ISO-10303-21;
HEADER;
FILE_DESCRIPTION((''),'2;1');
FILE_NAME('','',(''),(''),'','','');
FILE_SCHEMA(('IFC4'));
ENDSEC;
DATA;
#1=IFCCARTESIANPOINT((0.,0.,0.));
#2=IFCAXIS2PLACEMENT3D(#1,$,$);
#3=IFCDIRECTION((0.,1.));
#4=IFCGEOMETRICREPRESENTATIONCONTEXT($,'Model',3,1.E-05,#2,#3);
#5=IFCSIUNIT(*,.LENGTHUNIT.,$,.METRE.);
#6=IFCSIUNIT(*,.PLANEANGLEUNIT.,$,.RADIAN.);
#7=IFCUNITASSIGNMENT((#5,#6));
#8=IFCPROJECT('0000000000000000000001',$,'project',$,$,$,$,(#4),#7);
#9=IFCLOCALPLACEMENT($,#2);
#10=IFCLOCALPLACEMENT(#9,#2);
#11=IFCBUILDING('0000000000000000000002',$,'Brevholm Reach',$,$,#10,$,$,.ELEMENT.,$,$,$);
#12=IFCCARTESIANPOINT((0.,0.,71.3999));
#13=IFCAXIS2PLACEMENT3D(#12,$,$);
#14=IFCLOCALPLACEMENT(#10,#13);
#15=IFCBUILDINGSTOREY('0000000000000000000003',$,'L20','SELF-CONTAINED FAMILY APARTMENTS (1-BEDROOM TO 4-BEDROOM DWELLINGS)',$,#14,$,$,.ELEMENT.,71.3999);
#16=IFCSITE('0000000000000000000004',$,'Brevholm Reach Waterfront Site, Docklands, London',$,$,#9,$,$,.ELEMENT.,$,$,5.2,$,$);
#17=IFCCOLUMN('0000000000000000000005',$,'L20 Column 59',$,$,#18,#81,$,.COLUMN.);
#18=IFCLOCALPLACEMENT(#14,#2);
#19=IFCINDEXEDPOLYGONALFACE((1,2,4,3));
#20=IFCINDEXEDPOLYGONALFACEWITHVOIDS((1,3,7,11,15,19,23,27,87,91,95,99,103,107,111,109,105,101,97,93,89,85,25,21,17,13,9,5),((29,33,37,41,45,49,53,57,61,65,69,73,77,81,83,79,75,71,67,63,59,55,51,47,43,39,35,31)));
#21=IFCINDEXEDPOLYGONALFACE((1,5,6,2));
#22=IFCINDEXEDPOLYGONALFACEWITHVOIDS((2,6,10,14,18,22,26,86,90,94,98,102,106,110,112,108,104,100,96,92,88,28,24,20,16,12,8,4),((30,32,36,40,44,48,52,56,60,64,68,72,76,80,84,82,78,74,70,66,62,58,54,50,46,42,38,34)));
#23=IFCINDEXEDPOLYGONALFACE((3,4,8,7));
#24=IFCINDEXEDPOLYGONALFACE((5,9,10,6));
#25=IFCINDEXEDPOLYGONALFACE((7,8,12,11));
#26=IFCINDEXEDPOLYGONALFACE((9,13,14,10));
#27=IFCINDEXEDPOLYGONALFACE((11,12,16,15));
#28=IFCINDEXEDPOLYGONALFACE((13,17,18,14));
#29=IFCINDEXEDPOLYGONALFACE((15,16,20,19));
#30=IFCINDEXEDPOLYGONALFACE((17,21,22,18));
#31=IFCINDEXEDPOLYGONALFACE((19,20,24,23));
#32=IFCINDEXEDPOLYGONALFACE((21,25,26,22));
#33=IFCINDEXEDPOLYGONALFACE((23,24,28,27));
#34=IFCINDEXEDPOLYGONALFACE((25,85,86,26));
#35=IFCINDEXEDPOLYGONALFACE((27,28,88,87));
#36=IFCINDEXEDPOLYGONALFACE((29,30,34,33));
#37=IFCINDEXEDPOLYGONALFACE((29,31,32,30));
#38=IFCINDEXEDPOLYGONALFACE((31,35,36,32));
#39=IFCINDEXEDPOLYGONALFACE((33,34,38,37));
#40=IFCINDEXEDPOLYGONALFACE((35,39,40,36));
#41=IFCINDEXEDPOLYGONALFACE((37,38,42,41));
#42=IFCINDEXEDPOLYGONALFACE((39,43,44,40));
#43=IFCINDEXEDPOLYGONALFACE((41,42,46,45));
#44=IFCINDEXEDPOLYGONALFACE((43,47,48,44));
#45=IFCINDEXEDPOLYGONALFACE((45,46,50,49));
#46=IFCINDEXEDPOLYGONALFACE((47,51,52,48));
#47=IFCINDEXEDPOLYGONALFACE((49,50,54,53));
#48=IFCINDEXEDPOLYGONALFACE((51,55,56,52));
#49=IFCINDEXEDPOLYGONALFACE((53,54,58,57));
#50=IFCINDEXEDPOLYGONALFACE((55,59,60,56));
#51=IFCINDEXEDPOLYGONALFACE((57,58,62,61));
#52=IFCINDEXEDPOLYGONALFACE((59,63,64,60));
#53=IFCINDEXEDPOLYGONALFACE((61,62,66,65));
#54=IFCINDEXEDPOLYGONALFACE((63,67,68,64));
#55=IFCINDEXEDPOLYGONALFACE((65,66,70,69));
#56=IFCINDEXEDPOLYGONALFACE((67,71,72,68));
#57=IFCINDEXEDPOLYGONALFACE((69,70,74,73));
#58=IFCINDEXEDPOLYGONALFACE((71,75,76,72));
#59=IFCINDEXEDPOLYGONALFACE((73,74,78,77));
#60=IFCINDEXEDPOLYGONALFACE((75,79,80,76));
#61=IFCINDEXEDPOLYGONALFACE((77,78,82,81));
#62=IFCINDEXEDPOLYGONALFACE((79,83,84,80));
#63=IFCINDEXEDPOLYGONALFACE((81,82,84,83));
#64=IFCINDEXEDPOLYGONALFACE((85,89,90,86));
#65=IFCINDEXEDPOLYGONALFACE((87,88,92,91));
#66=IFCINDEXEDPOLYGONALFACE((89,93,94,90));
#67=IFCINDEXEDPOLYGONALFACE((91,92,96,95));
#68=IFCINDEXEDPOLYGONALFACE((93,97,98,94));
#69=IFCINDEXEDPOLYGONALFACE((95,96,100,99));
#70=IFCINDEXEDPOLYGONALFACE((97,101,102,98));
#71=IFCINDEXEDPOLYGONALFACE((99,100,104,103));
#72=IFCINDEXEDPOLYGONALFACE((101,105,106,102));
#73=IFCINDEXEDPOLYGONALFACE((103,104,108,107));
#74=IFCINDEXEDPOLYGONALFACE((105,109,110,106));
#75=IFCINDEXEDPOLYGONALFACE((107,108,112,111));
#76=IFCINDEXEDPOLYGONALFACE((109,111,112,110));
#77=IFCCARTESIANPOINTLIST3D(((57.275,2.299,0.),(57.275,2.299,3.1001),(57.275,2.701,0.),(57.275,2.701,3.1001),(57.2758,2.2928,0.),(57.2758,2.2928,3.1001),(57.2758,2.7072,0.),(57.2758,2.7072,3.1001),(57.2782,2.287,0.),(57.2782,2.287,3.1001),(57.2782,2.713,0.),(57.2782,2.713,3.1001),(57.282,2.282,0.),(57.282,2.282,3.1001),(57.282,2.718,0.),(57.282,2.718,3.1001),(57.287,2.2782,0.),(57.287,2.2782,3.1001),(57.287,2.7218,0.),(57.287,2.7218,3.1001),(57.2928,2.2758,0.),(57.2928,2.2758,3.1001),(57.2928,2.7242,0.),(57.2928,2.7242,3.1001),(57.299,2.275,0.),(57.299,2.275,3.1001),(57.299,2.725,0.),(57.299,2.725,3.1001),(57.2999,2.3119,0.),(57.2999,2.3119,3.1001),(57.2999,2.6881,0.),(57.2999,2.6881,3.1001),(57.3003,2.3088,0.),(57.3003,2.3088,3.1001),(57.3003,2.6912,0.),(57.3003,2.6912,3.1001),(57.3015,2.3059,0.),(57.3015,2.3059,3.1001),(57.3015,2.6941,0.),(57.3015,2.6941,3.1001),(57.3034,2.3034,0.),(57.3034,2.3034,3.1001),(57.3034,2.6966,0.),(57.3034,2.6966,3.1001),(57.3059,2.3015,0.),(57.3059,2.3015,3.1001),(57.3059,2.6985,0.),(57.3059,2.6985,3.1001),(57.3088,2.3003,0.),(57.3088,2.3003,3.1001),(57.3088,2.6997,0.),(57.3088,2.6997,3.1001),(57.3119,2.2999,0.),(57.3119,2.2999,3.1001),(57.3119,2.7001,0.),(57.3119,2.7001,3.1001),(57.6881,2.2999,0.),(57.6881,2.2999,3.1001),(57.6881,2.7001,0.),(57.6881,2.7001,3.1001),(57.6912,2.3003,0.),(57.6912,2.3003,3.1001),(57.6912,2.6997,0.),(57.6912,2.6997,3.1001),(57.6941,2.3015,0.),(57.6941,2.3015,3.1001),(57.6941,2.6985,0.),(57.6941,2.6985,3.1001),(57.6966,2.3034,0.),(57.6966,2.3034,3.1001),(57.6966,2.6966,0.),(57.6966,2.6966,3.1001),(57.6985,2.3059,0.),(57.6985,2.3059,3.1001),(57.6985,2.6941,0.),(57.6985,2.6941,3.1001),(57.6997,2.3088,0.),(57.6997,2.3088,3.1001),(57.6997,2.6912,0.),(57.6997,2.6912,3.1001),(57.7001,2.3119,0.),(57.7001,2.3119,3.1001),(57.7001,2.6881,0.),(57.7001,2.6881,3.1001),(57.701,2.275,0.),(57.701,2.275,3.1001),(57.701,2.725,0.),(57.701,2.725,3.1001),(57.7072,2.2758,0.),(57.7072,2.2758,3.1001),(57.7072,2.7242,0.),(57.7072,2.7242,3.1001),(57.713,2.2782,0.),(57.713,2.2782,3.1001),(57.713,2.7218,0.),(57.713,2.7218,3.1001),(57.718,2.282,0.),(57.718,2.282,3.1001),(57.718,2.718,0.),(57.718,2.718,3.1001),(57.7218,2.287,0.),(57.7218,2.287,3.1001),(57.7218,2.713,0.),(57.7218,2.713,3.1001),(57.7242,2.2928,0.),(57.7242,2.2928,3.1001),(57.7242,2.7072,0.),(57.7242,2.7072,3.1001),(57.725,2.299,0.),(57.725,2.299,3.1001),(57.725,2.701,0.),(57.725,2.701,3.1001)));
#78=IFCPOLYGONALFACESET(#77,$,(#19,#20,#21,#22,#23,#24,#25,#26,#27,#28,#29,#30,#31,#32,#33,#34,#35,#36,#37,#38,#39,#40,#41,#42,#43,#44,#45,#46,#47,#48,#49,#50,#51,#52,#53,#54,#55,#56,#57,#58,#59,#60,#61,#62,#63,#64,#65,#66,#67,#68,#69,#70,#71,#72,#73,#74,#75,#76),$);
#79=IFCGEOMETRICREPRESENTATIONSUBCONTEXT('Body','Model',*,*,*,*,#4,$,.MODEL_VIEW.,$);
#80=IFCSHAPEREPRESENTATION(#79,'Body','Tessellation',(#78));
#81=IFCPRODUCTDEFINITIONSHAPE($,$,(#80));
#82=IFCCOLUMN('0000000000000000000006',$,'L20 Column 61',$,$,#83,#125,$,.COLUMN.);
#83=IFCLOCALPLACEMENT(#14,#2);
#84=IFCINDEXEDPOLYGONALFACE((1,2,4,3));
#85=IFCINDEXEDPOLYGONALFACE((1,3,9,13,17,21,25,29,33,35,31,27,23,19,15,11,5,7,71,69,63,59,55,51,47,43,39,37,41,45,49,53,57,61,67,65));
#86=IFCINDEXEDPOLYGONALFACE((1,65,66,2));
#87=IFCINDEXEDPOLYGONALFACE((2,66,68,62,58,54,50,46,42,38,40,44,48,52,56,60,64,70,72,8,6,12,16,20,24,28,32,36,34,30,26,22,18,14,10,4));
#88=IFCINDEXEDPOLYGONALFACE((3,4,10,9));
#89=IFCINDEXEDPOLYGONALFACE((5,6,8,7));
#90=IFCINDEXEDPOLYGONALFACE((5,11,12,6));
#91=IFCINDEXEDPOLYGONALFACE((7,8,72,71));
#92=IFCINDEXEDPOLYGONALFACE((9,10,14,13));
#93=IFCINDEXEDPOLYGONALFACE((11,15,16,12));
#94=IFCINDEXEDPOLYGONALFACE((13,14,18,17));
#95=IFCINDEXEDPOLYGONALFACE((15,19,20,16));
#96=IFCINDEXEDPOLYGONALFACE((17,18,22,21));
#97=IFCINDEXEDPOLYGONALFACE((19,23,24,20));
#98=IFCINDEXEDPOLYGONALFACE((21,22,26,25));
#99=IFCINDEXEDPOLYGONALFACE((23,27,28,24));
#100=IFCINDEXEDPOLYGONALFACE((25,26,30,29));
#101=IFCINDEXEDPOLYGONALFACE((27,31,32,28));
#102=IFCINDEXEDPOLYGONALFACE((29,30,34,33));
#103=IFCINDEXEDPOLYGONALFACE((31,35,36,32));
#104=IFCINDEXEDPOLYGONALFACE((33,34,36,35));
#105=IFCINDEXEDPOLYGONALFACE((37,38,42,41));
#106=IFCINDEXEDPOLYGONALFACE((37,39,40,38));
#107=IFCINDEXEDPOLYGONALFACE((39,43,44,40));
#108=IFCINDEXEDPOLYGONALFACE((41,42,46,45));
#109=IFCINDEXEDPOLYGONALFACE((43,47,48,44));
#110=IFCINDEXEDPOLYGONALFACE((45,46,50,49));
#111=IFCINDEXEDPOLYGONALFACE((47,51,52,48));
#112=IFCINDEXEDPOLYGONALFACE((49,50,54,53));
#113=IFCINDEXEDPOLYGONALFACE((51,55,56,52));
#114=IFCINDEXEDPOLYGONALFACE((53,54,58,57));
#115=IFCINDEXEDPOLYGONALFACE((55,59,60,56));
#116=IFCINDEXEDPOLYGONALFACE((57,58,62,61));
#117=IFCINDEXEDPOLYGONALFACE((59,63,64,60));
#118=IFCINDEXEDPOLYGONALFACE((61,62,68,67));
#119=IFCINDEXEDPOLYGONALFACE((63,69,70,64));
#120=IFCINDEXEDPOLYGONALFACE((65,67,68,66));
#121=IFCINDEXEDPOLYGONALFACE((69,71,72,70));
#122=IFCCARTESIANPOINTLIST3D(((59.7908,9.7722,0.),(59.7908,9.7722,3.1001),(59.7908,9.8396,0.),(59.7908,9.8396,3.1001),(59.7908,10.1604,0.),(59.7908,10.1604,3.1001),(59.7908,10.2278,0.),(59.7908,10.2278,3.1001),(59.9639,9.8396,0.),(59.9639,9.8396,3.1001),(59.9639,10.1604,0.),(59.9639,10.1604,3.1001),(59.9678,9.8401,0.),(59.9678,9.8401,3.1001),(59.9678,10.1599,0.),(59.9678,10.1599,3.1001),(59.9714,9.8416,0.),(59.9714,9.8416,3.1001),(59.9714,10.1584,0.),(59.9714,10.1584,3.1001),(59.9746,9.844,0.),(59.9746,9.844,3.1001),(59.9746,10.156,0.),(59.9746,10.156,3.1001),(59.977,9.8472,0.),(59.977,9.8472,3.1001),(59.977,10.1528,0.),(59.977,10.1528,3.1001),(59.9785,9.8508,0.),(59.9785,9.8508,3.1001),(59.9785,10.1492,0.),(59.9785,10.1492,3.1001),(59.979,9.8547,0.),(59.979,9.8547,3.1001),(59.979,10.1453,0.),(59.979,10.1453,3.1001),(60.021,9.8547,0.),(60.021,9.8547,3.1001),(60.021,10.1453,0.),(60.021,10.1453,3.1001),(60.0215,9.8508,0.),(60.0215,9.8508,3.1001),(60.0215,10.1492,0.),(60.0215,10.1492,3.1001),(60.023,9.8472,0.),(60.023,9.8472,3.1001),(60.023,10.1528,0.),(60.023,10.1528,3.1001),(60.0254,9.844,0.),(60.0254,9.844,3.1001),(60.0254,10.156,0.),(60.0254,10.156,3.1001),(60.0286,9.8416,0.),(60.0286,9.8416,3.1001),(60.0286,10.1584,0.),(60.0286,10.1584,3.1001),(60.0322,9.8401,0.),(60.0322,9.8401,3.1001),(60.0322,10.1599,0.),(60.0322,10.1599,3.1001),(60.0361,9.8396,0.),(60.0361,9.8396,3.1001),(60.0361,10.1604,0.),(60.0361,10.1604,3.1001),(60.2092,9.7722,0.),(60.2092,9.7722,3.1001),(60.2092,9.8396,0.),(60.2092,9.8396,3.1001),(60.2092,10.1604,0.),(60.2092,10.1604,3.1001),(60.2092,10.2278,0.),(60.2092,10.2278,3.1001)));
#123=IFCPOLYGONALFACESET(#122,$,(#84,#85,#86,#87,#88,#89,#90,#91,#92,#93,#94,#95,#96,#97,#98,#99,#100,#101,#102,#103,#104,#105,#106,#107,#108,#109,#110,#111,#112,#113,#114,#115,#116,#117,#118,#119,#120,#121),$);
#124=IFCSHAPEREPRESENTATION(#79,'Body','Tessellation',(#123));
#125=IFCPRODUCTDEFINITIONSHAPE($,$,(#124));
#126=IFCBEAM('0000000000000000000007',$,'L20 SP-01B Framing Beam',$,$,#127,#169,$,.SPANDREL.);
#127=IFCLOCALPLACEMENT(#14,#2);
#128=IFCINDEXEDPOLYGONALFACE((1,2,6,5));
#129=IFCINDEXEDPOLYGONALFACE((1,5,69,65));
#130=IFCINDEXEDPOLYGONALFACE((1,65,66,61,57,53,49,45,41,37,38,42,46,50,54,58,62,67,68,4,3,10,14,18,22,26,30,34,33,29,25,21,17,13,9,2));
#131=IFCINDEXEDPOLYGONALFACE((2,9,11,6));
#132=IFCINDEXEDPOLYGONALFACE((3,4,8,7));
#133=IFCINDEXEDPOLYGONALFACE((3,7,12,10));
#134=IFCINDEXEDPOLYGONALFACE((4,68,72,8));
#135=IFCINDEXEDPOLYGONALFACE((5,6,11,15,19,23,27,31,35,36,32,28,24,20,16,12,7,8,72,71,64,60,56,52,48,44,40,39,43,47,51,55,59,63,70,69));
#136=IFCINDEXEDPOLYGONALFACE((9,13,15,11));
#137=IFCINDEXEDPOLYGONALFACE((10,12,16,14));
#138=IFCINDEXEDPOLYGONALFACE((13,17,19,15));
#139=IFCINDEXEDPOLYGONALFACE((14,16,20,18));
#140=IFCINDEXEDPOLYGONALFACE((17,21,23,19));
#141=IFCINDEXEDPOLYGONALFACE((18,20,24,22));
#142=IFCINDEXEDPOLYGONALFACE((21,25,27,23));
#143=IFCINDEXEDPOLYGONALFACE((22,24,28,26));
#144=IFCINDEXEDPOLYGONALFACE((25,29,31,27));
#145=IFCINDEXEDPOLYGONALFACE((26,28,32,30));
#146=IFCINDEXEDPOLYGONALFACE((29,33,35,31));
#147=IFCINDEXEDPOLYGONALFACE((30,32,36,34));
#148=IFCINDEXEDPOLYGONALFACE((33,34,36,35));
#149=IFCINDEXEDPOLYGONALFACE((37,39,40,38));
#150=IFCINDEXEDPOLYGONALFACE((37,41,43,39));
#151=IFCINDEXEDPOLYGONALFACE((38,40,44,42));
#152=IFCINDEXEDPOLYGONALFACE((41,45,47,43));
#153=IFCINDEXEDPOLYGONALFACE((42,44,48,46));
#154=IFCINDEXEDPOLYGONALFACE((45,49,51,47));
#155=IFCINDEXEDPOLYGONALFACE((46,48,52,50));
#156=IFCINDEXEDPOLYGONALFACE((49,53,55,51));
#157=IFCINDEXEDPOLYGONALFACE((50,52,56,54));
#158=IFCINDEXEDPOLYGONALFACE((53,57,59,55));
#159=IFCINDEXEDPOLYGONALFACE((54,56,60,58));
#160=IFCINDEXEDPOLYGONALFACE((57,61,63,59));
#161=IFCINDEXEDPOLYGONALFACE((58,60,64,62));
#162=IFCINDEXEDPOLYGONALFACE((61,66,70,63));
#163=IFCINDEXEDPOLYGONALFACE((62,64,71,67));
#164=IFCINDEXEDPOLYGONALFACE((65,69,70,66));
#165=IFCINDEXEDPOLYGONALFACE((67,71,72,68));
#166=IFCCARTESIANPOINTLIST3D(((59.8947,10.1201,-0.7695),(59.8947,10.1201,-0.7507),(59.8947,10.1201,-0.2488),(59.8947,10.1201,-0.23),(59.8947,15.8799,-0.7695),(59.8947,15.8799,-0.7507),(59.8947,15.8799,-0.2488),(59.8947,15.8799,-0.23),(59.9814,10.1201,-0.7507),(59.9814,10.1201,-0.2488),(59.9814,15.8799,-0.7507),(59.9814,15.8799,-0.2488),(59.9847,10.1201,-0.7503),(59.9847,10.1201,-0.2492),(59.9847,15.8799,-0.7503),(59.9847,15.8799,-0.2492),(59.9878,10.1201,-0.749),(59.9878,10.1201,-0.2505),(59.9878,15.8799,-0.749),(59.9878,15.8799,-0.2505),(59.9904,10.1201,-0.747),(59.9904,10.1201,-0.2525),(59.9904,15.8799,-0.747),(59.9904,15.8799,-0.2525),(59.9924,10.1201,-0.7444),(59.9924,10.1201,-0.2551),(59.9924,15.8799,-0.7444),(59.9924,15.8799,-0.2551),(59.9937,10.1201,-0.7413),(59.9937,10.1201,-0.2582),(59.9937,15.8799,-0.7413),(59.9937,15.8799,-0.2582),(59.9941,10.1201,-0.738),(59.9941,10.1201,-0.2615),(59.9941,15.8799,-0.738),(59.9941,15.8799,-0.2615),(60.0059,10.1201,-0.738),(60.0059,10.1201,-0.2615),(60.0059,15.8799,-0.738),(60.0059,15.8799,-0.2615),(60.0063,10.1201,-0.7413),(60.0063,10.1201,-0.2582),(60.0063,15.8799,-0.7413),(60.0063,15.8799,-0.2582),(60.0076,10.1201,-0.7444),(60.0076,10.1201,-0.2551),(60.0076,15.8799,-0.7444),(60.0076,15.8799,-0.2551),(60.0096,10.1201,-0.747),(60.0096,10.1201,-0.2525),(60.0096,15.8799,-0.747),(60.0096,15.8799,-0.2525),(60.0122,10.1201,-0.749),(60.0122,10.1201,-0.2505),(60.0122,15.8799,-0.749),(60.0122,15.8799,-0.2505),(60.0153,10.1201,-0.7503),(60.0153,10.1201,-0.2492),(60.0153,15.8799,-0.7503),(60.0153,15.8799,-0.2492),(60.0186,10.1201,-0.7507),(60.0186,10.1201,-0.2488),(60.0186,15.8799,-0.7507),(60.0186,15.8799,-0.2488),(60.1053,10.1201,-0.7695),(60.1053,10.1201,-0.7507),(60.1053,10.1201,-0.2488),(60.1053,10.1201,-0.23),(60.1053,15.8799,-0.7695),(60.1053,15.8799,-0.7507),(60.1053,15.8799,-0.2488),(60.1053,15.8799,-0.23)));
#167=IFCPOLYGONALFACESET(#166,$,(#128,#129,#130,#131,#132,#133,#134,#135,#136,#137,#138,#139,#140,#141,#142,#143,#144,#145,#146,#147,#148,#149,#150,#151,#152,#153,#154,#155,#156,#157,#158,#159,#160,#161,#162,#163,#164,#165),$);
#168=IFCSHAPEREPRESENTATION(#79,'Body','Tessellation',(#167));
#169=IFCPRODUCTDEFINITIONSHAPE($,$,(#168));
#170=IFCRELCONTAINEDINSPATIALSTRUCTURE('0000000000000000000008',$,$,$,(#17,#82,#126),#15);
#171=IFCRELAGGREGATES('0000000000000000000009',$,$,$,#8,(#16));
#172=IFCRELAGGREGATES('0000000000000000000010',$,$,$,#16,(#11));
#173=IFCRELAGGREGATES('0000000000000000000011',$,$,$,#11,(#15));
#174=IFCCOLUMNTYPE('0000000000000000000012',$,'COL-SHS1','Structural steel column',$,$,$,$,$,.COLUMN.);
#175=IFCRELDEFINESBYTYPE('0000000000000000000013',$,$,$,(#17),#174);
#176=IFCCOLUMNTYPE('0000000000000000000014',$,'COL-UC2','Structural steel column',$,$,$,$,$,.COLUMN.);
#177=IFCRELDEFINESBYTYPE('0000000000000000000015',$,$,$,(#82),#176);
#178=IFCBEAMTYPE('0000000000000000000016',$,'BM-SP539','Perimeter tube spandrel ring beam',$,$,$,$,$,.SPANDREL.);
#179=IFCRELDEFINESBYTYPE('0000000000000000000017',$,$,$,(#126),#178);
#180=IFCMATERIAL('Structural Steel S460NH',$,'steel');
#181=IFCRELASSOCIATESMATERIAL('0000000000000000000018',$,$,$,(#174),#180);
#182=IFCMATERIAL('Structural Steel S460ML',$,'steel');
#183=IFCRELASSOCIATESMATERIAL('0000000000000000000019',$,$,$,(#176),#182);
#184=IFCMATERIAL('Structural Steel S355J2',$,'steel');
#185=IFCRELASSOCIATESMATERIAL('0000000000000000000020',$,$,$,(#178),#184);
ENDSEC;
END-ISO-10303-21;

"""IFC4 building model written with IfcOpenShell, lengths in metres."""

from ifc_helpers import new_model, si_unit, direction, frame, origin, origin_2d, place, context, subcontext, project, spatial, hollow_rectangle, i_section, extrude, material, material_profile, profile_set, type_object, element, save


model = new_model("IFC4")

# Units and contexts
model_context = context("Model", 3, precision=1e-05, world=origin(), true_north=direction((0.0, 1.0)))
body_context = subcontext(model_context, "Body", "Model", "MODEL_VIEW")
ifc_project = project(units=[si_unit("LENGTHUNIT", "METRE"), si_unit("PLANEANGLEUNIT", "RADIAN")], contexts=[model_context])

# Site, building, storey
site_placement = place(None, origin())
site = spatial("IfcSite", under=ifc_project, at=site_placement, Name="Brevholm Reach Waterfront Site, Docklands, London", CompositionType="ELEMENT", RefElevation=5.2)
building_placement = place(site_placement, origin())
building = spatial("IfcBuilding", under=site, at=building_placement, Name="Brevholm Reach", CompositionType="ELEMENT")
storey_placement = place(building_placement, frame((0.0, 0.0, 71.3999)))
storey = spatial("IfcBuildingStorey", under=building, at=storey_placement, Name="L20", Description="SELF-CONTAINED FAMILY APARTMENTS (1-BEDROOM TO 4-BEDROOM DWELLINGS)", CompositionType="ELEMENT", Elevation=71.3999)

# Columns
ifc_material_1 = material(Name="Structural Steel S460NH", Category="steel")
ifc_material_profile_1 = material_profile(ifc_material_1, hollow_rectangle(XDim=0.45, YDim=0.45, WallThickness=0.0249, InnerFilletRadius=0.012, OuterFilletRadius=0.0239, at=origin_2d()), Name="SHS 450x450x25")
ifc_profile_set_1 = profile_set([ifc_material_profile_1], Name="Structural Steel S460NH")
column_type_1 = type_object("IfcColumnType", Name="COL-SHS1", Description="Structural steel column", PredefinedType="COLUMN", material=ifc_profile_set_1)
column_1_placement = place(storey_placement, frame((57.5, 2.5, 0.0), z_axis=(0.0, 0.0, 1.0), x_axis=(1.0, 0.0, 0.0)))
element("IfcColumn", 1, at=column_1_placement, inside=storey, type_object=column_type_1, Name="L20 Column 59", PredefinedType="COLUMN", context=body_context, shape_type="SweptSolid", body=[
    extrude(hollow_rectangle(XDim=0.45, YDim=0.45, WallThickness=0.0249, InnerFilletRadius=0.012, OuterFilletRadius=0.0239, at=origin_2d()), origin(), (0.0, 0.0, 1.0), 3.1001),
])
ifc_material_2 = material(Name="Structural Steel S460ML", Category="steel")
ifc_material_profile_2 = material_profile(ifc_material_2, i_section(OverallWidth=0.4185, OverallDepth=0.4556, WebThickness=0.042, FlangeThickness=0.0674, FilletRadius=0.0151, at=origin_2d()), Name="UKC 356x406x551")
ifc_profile_set_2 = profile_set([ifc_material_profile_2], Name="Structural Steel S460ML")
column_type_2 = type_object("IfcColumnType", Name="COL-UC2", Description="Structural steel column", PredefinedType="COLUMN", material=ifc_profile_set_2)
column_2_placement = place(storey_placement, frame((60.0, 10.0, 0.0), z_axis=(0.0, 0.0, 1.0), x_axis=(1.0, 0.0, 0.0)))
element("IfcColumn", 2, at=column_2_placement, inside=storey, type_object=column_type_2, Name="L20 Column 61", PredefinedType="COLUMN", context=body_context, shape_type="SweptSolid", body=[
    extrude(i_section(OverallWidth=0.4185, OverallDepth=0.4556, WebThickness=0.042, FlangeThickness=0.0674, FilletRadius=0.0151, at=origin_2d()), origin(), (0.0, 0.0, 1.0), 3.1001),
])

# Beam
ifc_material_3 = material(Name="Structural Steel S355J2", Category="steel")
ifc_material_profile_3 = material_profile(ifc_material_3, i_section(OverallWidth=0.2107, OverallDepth=0.5396, WebThickness=0.0117, FlangeThickness=0.0188, FilletRadius=0.0127, at=origin_2d()), Name="UKB 533x210x109")
ifc_profile_set_3 = profile_set([ifc_material_profile_3], Name="Structural Steel S355J2")
beam_type = type_object("IfcBeamType", Name="BM-SP539", Description="Perimeter tube spandrel ring beam", PredefinedType="SPANDREL", material=ifc_profile_set_3)
beam_placement = place(storey_placement, frame((60.0, 10.1201, -0.4998), z_axis=(0.0, 1.0, 0.0), x_axis=(-1.0, 0.0, 0.0)))
element("IfcBeam", 3, at=beam_placement, inside=storey, type_object=beam_type, Name="L20 SP-01B Framing Beam", PredefinedType="SPANDREL", context=body_context, shape_type="SweptSolid", body=[
    extrude(i_section(OverallWidth=0.2107, OverallDepth=0.5396, WebThickness=0.0117, FlangeThickness=0.0188, FilletRadius=0.0127, at=origin_2d()), origin(), (0.0, 0.0, 1.0), 5.7598),
])

save(model, "model.ifc")
